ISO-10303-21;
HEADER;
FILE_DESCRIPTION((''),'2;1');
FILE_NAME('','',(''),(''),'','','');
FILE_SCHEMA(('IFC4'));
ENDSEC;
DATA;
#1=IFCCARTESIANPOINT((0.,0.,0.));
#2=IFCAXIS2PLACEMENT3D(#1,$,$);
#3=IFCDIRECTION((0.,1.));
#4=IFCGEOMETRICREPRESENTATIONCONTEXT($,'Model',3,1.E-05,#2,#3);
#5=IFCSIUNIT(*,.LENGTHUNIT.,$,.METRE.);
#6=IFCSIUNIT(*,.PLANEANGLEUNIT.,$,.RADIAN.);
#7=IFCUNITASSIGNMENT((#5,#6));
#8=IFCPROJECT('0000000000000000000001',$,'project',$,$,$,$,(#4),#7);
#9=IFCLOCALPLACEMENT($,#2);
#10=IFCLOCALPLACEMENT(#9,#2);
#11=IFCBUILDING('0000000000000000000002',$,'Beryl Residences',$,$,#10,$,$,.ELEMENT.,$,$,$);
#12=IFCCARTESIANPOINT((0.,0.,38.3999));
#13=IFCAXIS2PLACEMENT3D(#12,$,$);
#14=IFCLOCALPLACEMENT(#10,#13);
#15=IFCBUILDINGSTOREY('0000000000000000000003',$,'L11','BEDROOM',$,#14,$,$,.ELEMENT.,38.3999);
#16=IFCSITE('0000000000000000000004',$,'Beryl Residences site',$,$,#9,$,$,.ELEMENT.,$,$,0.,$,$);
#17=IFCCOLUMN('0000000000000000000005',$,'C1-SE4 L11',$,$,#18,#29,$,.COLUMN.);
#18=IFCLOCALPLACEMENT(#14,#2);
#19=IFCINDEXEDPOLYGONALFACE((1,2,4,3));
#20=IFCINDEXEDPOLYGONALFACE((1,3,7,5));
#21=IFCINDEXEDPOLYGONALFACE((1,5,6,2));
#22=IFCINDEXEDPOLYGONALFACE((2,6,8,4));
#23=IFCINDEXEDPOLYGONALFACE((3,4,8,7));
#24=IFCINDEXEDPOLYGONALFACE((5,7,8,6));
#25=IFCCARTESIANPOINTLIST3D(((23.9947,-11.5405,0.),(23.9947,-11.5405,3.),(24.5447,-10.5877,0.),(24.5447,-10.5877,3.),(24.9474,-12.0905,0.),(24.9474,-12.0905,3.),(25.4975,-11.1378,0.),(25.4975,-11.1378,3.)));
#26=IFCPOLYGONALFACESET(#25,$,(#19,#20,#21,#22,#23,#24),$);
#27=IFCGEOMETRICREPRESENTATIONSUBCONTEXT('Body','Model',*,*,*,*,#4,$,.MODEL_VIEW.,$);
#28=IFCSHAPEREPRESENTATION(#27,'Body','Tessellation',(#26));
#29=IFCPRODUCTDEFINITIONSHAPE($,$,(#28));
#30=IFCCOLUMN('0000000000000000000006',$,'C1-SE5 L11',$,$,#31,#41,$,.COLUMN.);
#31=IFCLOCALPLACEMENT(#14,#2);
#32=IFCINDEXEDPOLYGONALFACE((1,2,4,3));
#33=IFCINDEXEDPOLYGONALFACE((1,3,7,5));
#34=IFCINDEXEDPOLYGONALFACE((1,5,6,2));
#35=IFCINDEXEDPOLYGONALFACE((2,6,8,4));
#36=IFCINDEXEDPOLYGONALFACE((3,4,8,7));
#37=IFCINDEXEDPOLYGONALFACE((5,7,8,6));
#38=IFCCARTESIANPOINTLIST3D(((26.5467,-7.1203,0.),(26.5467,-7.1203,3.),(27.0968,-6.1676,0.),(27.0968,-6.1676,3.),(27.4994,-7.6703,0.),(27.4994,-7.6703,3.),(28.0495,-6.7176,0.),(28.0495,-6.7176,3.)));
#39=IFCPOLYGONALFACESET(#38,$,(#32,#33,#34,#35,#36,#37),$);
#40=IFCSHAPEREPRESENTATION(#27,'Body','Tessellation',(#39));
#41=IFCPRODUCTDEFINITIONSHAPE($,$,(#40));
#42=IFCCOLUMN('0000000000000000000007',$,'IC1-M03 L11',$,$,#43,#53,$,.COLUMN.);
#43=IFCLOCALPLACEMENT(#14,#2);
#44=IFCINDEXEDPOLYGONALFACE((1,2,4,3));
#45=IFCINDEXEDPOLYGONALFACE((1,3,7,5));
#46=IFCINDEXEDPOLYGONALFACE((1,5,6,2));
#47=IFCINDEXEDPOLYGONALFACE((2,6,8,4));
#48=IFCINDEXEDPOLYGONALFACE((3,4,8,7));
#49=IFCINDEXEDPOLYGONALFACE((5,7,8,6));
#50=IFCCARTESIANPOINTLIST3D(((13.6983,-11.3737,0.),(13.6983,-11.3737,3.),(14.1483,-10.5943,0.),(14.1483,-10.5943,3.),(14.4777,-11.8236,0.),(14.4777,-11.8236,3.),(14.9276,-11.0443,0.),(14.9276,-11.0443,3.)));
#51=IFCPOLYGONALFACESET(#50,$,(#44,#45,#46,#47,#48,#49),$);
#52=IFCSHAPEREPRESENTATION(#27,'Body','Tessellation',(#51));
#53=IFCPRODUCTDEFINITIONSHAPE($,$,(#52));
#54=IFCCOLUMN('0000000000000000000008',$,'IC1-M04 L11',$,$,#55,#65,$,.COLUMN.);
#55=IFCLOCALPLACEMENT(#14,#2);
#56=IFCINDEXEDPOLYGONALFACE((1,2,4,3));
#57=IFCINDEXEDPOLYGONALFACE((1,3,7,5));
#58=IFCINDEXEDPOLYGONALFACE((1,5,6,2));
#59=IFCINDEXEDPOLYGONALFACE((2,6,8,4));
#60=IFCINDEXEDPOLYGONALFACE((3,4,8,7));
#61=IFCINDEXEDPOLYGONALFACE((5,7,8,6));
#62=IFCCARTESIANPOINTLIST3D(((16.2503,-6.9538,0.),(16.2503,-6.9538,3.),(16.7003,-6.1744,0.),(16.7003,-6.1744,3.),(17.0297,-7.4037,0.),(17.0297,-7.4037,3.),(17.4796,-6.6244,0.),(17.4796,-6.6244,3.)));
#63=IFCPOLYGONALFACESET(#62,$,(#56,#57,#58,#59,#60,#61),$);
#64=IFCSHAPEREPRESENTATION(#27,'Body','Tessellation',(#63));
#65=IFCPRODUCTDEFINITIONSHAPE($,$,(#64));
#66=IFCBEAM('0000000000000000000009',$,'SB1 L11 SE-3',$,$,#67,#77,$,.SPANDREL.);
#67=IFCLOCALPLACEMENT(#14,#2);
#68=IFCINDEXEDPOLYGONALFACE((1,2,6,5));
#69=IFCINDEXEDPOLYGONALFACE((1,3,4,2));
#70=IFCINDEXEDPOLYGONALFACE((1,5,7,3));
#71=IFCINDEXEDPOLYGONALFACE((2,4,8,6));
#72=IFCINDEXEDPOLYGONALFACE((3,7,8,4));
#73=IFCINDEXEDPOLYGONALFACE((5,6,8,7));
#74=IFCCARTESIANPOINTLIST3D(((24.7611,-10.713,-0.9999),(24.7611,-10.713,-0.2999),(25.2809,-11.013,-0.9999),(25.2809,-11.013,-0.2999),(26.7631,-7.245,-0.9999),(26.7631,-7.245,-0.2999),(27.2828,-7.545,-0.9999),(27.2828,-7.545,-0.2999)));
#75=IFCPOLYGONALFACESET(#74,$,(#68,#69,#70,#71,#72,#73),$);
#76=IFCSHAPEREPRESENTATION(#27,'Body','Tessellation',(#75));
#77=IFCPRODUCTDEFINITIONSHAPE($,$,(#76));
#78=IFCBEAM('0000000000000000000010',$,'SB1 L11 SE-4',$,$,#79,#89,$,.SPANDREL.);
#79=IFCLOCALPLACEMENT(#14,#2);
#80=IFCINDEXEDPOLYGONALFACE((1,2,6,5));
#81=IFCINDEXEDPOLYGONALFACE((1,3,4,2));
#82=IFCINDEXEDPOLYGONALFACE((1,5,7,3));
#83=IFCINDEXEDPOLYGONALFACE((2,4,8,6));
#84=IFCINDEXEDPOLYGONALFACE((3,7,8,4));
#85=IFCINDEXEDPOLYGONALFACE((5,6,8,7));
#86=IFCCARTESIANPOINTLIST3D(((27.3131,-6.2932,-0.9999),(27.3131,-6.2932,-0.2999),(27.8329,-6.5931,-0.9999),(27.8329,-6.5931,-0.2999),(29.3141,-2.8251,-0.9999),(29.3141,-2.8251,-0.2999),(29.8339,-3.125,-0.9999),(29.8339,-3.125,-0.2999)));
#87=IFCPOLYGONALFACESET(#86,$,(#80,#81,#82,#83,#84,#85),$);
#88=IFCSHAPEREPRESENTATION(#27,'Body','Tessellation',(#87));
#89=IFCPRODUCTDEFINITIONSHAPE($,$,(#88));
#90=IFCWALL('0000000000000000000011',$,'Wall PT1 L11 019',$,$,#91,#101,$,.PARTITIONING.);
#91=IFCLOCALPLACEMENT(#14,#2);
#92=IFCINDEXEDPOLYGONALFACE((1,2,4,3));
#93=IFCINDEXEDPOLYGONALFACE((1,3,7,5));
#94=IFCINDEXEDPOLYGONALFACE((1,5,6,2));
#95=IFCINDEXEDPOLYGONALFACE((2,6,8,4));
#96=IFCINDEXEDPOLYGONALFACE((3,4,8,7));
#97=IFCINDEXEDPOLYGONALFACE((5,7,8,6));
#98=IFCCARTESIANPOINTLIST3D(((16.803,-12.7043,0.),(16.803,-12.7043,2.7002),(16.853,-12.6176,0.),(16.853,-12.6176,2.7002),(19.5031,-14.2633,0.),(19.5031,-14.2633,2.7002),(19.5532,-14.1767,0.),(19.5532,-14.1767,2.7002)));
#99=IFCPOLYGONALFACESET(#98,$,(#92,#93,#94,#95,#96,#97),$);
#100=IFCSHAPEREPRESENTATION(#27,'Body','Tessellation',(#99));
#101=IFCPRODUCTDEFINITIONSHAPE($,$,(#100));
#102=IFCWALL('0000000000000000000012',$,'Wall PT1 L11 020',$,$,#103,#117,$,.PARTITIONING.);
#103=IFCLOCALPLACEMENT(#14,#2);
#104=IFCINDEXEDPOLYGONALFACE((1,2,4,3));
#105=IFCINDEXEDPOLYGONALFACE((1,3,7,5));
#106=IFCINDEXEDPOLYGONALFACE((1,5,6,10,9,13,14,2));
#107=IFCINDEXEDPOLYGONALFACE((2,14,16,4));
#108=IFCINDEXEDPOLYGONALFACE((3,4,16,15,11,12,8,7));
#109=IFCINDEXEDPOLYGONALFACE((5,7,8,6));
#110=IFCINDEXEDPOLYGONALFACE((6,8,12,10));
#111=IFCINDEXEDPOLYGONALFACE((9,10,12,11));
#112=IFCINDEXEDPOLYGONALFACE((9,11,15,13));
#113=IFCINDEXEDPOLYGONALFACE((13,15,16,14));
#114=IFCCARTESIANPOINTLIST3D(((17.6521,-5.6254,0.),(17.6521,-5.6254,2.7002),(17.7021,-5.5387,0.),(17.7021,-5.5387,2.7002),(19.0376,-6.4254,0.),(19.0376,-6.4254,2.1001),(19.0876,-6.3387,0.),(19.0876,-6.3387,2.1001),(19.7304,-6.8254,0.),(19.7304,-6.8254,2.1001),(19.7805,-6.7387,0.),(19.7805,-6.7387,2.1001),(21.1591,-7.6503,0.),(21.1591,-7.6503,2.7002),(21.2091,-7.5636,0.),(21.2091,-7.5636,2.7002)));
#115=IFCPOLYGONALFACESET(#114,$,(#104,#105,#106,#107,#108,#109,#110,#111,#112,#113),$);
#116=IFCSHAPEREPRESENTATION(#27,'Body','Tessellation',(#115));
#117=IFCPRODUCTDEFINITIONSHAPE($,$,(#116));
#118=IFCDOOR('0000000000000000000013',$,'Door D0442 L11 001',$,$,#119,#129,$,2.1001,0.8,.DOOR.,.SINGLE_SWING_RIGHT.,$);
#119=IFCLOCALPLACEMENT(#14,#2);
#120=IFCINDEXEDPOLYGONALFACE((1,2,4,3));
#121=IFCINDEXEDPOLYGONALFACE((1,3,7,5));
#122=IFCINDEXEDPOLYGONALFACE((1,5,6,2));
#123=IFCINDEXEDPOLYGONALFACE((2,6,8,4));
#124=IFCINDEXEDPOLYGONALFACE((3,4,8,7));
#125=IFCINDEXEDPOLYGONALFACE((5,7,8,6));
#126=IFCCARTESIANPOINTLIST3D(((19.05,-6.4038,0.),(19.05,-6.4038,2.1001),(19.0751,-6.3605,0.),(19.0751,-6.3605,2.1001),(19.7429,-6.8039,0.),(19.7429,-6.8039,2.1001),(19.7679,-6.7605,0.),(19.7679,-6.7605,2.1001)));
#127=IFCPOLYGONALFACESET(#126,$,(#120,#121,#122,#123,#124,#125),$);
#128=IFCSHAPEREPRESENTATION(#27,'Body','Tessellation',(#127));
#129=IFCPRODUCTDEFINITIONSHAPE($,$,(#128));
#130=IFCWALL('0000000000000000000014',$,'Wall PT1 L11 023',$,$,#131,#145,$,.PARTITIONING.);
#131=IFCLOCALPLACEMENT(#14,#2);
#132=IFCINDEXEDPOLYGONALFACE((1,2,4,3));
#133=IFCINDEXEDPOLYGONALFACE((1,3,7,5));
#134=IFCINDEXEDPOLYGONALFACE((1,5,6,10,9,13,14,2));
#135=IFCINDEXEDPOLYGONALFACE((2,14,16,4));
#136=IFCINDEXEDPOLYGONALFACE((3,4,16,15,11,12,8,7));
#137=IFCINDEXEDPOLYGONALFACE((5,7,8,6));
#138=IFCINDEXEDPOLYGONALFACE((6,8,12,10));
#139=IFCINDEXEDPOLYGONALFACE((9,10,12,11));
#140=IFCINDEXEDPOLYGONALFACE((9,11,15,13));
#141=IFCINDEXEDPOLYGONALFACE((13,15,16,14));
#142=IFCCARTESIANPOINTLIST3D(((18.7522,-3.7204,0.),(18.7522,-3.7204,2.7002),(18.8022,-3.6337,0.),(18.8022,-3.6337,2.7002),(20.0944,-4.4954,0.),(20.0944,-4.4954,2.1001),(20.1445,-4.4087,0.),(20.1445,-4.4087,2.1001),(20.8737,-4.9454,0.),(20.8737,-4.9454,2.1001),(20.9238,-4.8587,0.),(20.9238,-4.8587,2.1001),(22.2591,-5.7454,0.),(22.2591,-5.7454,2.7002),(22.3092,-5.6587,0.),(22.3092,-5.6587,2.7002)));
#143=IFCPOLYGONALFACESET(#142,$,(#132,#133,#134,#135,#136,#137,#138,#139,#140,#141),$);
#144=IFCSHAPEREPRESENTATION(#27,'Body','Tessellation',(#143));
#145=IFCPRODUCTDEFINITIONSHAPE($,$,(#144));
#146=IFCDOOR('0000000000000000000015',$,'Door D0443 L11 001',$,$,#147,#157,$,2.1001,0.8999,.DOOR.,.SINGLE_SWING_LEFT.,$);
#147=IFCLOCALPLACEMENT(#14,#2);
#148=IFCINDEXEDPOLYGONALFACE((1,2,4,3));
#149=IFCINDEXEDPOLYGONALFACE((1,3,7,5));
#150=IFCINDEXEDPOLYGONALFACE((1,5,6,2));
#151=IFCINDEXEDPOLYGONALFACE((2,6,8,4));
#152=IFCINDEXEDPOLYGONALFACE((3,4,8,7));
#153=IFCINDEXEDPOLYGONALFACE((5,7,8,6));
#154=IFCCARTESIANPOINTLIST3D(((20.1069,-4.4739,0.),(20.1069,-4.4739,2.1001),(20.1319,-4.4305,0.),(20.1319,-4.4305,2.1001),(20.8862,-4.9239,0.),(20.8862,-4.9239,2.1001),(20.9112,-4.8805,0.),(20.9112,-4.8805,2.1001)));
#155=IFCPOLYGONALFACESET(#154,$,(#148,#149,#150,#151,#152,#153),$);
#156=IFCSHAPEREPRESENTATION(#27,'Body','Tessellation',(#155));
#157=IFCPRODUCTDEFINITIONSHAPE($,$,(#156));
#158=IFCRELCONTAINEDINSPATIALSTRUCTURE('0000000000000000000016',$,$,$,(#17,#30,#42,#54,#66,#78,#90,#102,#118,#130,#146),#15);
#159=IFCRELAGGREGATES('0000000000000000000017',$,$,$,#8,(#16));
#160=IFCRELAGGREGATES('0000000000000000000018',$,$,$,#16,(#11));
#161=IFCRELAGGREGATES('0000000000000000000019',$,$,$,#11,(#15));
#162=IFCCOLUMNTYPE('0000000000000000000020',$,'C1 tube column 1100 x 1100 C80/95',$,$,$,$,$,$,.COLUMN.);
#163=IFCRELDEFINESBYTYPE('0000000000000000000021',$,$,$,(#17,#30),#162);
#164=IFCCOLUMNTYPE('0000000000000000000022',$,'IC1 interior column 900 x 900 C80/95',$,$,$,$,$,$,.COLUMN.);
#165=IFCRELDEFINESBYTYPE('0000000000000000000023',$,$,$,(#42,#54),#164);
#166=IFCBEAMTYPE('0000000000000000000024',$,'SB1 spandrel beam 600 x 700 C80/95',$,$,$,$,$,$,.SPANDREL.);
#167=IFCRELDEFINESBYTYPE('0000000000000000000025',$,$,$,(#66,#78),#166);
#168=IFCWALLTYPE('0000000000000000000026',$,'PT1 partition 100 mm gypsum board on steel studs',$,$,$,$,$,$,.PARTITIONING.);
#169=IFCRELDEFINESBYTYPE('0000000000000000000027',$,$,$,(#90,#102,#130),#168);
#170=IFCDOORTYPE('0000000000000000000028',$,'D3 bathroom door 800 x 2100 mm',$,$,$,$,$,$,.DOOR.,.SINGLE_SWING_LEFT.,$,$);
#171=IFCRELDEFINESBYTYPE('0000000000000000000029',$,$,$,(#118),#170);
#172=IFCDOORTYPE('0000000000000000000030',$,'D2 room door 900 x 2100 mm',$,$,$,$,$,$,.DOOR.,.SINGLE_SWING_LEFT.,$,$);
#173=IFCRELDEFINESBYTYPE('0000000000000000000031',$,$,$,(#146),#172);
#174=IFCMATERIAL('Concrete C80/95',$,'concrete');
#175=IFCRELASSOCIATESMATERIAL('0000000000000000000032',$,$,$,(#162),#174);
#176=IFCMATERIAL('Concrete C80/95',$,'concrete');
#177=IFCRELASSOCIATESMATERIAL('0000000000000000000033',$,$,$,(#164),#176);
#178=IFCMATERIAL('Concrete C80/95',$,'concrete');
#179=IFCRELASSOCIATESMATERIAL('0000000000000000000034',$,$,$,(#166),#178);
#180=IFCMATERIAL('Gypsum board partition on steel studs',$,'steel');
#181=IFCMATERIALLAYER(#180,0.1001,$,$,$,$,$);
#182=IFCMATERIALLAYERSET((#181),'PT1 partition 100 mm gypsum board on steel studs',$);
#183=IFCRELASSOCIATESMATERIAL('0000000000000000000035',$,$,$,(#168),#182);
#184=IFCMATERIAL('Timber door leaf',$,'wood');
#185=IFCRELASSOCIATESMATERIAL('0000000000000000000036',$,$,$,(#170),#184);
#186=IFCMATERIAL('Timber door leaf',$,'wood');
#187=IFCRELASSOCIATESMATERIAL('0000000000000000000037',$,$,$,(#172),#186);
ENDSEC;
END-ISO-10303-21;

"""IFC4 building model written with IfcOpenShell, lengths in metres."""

from ifc_helpers import new_model, si_unit, direction, frame, frame_2d, origin, origin_2d, place, context, subcontext, project, spatial, rectangle, extrude, material, layer, layer_set, material_profile, profile_set, type_object, element, fill, save


model = new_model("IFC4")

# Units and contexts
model_context = context("Model", 3, precision=1e-05, world=origin(), true_north=direction((0.0, 1.0)))
body_context = subcontext(model_context, "Body", "Model", "MODEL_VIEW")
ifc_project = project(units=[si_unit("LENGTHUNIT", "METRE"), si_unit("PLANEANGLEUNIT", "RADIAN")], contexts=[model_context])

# Site, building, storey
site_placement = place(None, origin())
site = spatial("IfcSite", under=ifc_project, at=site_placement, Name="Beryl Residences site", CompositionType="ELEMENT", RefElevation=0.0)
building_placement = place(site_placement, origin())
building = spatial("IfcBuilding", under=site, at=building_placement, Name="Beryl Residences", CompositionType="ELEMENT")
storey_placement = place(building_placement, frame((0.0, 0.0, 38.3999)))
storey = spatial("IfcBuildingStorey", under=building, at=storey_placement, Name="L11", Description="BEDROOM", CompositionType="ELEMENT", Elevation=38.3999)

# Columns
ifc_material_1 = material(Name="Concrete C80/95", Category="concrete")
ifc_material_profile_1 = material_profile(ifc_material_1, rectangle(XDim=1.1001, YDim=1.1001, at=origin_2d()))
ifc_profile_set_1 = profile_set([ifc_material_profile_1], Name="Concrete C80/95")
column_type_1 = type_object("IfcColumnType", Name="C1 tube column 1100 x 1100 C80/95", PredefinedType="COLUMN", material=ifc_profile_set_1)
for number, where, z_axis, x_axis, name in (
    (1, (24.7461, -11.3391, 0.0), (0.0, 0.0, 1.0), (0.499985, 0.866034, 0.0), "C1-SE4 L11"),
    (2, (27.2981, -6.9189, 0.0), (0.0, 0.0, 1.0), (0.499985, 0.866034, 0.0), "C1-SE5 L11"),
):
    element("IfcColumn", number, at=place(storey_placement, frame(where, z_axis=z_axis, x_axis=x_axis)), inside=storey, type_object=column_type_1, Name=name, PredefinedType="COLUMN", context=body_context, shape_type="SweptSolid", body=[
        extrude(rectangle(XDim=1.1001, YDim=1.1001, at=origin_2d()), origin(), (0.0, 0.0, 1.0), 3.0),
    ])
ifc_material_2 = material(Name="Concrete C80/95", Category="concrete")
ifc_material_profile_2 = material_profile(ifc_material_2, rectangle(XDim=0.8999, YDim=0.8999, at=origin_2d()))
ifc_profile_set_2 = profile_set([ifc_material_profile_2], Name="Concrete C80/95")
column_type_2 = type_object("IfcColumnType", Name="IC1 interior column 900 x 900 C80/95", PredefinedType="COLUMN", material=ifc_profile_set_2)
for number, where, z_axis, x_axis, name in (
    (3, (14.313, -11.209, 0.0), (0.0, 0.0, 1.0), (0.499985, 0.866034, 0.0), "IC1-M03 L11"),
    (4, (16.865, -6.7891, 0.0), (0.0, 0.0, 1.0), (0.499985, 0.866034, 0.0), "IC1-M04 L11"),
):
    element("IfcColumn", number, at=place(storey_placement, frame(where, z_axis=z_axis, x_axis=x_axis)), inside=storey, type_object=column_type_2, Name=name, PredefinedType="COLUMN", context=body_context, shape_type="SweptSolid", body=[
        extrude(rectangle(XDim=0.8999, YDim=0.8999, at=origin_2d()), origin(), (0.0, 0.0, 1.0), 3.0),
    ])

# Beams
ifc_material_3 = material(Name="Concrete C80/95", Category="concrete")
ifc_material_profile_3 = material_profile(ifc_material_3, rectangle(XDim=0.6001, YDim=0.7, at=origin_2d()))
ifc_profile_set_3 = profile_set([ifc_material_profile_3], Name="Concrete C80/95")
beam_type = type_object("IfcBeamType", Name="SB1 spandrel beam 600 x 700 C80/95", PredefinedType="SPANDREL", material=ifc_profile_set_3)
beam_1_placement = place(storey_placement, frame((25.021, -10.863, -0.6499), z_axis=(0.499942, 0.866059, 0.0), x_axis=(-0.866059, 0.499942, 0.0)))
element("IfcBeam", 5, at=beam_1_placement, inside=storey, type_object=beam_type, Name="SB1 L11 SE-3", PredefinedType="SPANDREL", context=body_context, shape_type="SweptSolid", body=[
    extrude(rectangle(XDim=0.6001, YDim=0.7, at=origin_2d()), origin(), (0.0, 0.0, 1.0), 4.0044),
])
beam_2_placement = place(storey_placement, frame((27.573, -6.4431, -0.6499), z_axis=(0.499759, 0.866164, 0.0), x_axis=(-0.866164, 0.499759, 0.0)))
element("IfcBeam", 6, at=beam_2_placement, inside=storey, type_object=beam_type, Name="SB1 L11 SE-4", PredefinedType="SPANDREL", context=body_context, shape_type="SweptSolid", body=[
    extrude(rectangle(XDim=0.6001, YDim=0.7, at=origin_2d()), origin(), (0.0, 0.0, 1.0), 4.0039),
])

# Wall
ifc_material_4 = material(Name="Gypsum board partition on steel studs", Category="steel")
ifc_layer_1 = layer(ifc_material_4, 0.1001)
ifc_layer_set_1 = layer_set([ifc_layer_1], Name="PT1 partition 100 mm gypsum board on steel studs")
wall_type_1 = type_object("IfcWallType", Name="PT1 partition 100 mm gypsum board on steel studs", PredefinedType="PARTITIONING", material=ifc_layer_set_1)
wall_1_placement = place(storey_placement, frame((16.8279, -12.6609, 0.0), z_axis=(0.0, 0.0, 1.0), x_axis=(0.866008, -0.50003, 0.0)))
element("IfcWall", 7, at=wall_1_placement, inside=storey, type_object=wall_type_1, Name="Wall PT1 L11 019", PredefinedType="PARTITIONING", context=body_context, shape_type="SweptSolid", body=[
    extrude(rectangle(XDim=3.1179, YDim=0.1001, at=frame_2d((1.5591, 0.0))), origin(), (0.0, 0.0, 1.0), 2.7002),
])

# Walls, openings, doors
wall_2_placement = place(storey_placement, frame((17.677, -5.582, 0.0), z_axis=(0.0, 0.0, 1.0), x_axis=(0.866016, -0.500016, 0.0)))
wall_2 = element("IfcWall", 8, at=wall_2_placement, inside=storey, type_object=wall_type_1, Name="Wall PT1 L11 020", PredefinedType="PARTITIONING", context=body_context, shape_type="SweptSolid", body=[
    extrude(rectangle(XDim=4.0496, YDim=0.1001, at=frame_2d((2.0249, 0.0))), origin(), (0.0, 0.0, 1.0), 2.7002),
])
opening_1_placement = place(wall_2_placement, frame((1.6001, 0.0, 0.0)))
opening_1 = element("IfcOpeningElement", 9, at=opening_1_placement, cuts=wall_2, PredefinedType="OPENING", context=body_context, shape_type="SweptSolid", body=[
    extrude(rectangle(XDim=0.8, YDim=2.1001, at=frame_2d((0.3999, 1.05))), frame((0.0, 0.0601, 0.0), z_axis=(0.0, -1.0, 0.0), x_axis=(1.0, 0.0, 0.0)), (0.0, 0.0, 1.0), 0.1201),
])
ifc_material_5 = material(Name="Timber door leaf", Category="wood")
door_type_1 = type_object("IfcDoorType", Name="D3 bathroom door 800 x 2100 mm", OperationType="SINGLE_SWING_LEFT", PredefinedType="DOOR", material=ifc_material_5)
door_1_placement = place(opening_1_placement, origin())
door_1 = element("IfcDoor", 10, at=door_1_placement, inside=storey, type_object=door_type_1, Name="Door D0442 L11 001", OperationType="SINGLE_SWING_RIGHT", OverallHeight=2.1001, OverallWidth=0.8, PredefinedType="DOOR", context=body_context, shape_type="SweptSolid", body=[
    extrude(rectangle(XDim=0.8, YDim=2.1001, at=frame_2d((0.3999, 1.05))), frame((0.0, 0.0249, 0.0), z_axis=(0.0, -1.0, 0.0), x_axis=(1.0, 0.0, 0.0)), (0.0, 0.0, 1.0), 0.05),
])
fill(opening_1, door_1)
wall_3_placement = place(storey_placement, frame((18.7771, -3.677, 0.0), z_axis=(0.0, 0.0, 1.0), x_axis=(0.866001, -0.500043, 0.0)))
wall_3 = element("IfcWall", 11, at=wall_3_placement, inside=storey, type_object=wall_type_1, Name="Wall PT1 L11 023", PredefinedType="PARTITIONING", context=body_context, shape_type="SweptSolid", body=[
    extrude(rectangle(XDim=4.0496, YDim=0.1001, at=frame_2d((2.0249, 0.0))), origin(), (0.0, 0.0, 1.0), 2.7002),
])
opening_2_placement = place(wall_3_placement, frame((1.55, 0.0, 0.0)))
opening_2 = element("IfcOpeningElement", 12, at=opening_2_placement, cuts=wall_3, PredefinedType="OPENING", context=body_context, shape_type="SweptSolid", body=[
    extrude(rectangle(XDim=0.8999, YDim=2.1001, at=frame_2d((0.45, 1.05))), frame((0.0, 0.0601, 0.0), z_axis=(0.0, -1.0, 0.0), x_axis=(1.0, 0.0, 0.0)), (0.0, 0.0, 1.0), 0.1201),
])
ifc_material_6 = material(Name="Timber door leaf", Category="wood")
door_type_2 = type_object("IfcDoorType", Name="D2 room door 900 x 2100 mm", OperationType="SINGLE_SWING_LEFT", PredefinedType="DOOR", material=ifc_material_6)
door_2_placement = place(opening_2_placement, origin())
door_2 = element("IfcDoor", 13, at=door_2_placement, inside=storey, type_object=door_type_2, Name="Door D0443 L11 001", OperationType="SINGLE_SWING_LEFT", OverallHeight=2.1001, OverallWidth=0.8999, PredefinedType="DOOR", context=body_context, shape_type="SweptSolid", body=[
    extrude(rectangle(XDim=0.8999, YDim=2.1001, at=frame_2d((0.45, 1.05))), frame((0.0, 0.0249, 0.0), z_axis=(0.0, -1.0, 0.0), x_axis=(1.0, 0.0, 0.0)), (0.0, 0.0, 1.0), 0.05),
])
fill(opening_2, door_2)

save(model, "model.ifc")
